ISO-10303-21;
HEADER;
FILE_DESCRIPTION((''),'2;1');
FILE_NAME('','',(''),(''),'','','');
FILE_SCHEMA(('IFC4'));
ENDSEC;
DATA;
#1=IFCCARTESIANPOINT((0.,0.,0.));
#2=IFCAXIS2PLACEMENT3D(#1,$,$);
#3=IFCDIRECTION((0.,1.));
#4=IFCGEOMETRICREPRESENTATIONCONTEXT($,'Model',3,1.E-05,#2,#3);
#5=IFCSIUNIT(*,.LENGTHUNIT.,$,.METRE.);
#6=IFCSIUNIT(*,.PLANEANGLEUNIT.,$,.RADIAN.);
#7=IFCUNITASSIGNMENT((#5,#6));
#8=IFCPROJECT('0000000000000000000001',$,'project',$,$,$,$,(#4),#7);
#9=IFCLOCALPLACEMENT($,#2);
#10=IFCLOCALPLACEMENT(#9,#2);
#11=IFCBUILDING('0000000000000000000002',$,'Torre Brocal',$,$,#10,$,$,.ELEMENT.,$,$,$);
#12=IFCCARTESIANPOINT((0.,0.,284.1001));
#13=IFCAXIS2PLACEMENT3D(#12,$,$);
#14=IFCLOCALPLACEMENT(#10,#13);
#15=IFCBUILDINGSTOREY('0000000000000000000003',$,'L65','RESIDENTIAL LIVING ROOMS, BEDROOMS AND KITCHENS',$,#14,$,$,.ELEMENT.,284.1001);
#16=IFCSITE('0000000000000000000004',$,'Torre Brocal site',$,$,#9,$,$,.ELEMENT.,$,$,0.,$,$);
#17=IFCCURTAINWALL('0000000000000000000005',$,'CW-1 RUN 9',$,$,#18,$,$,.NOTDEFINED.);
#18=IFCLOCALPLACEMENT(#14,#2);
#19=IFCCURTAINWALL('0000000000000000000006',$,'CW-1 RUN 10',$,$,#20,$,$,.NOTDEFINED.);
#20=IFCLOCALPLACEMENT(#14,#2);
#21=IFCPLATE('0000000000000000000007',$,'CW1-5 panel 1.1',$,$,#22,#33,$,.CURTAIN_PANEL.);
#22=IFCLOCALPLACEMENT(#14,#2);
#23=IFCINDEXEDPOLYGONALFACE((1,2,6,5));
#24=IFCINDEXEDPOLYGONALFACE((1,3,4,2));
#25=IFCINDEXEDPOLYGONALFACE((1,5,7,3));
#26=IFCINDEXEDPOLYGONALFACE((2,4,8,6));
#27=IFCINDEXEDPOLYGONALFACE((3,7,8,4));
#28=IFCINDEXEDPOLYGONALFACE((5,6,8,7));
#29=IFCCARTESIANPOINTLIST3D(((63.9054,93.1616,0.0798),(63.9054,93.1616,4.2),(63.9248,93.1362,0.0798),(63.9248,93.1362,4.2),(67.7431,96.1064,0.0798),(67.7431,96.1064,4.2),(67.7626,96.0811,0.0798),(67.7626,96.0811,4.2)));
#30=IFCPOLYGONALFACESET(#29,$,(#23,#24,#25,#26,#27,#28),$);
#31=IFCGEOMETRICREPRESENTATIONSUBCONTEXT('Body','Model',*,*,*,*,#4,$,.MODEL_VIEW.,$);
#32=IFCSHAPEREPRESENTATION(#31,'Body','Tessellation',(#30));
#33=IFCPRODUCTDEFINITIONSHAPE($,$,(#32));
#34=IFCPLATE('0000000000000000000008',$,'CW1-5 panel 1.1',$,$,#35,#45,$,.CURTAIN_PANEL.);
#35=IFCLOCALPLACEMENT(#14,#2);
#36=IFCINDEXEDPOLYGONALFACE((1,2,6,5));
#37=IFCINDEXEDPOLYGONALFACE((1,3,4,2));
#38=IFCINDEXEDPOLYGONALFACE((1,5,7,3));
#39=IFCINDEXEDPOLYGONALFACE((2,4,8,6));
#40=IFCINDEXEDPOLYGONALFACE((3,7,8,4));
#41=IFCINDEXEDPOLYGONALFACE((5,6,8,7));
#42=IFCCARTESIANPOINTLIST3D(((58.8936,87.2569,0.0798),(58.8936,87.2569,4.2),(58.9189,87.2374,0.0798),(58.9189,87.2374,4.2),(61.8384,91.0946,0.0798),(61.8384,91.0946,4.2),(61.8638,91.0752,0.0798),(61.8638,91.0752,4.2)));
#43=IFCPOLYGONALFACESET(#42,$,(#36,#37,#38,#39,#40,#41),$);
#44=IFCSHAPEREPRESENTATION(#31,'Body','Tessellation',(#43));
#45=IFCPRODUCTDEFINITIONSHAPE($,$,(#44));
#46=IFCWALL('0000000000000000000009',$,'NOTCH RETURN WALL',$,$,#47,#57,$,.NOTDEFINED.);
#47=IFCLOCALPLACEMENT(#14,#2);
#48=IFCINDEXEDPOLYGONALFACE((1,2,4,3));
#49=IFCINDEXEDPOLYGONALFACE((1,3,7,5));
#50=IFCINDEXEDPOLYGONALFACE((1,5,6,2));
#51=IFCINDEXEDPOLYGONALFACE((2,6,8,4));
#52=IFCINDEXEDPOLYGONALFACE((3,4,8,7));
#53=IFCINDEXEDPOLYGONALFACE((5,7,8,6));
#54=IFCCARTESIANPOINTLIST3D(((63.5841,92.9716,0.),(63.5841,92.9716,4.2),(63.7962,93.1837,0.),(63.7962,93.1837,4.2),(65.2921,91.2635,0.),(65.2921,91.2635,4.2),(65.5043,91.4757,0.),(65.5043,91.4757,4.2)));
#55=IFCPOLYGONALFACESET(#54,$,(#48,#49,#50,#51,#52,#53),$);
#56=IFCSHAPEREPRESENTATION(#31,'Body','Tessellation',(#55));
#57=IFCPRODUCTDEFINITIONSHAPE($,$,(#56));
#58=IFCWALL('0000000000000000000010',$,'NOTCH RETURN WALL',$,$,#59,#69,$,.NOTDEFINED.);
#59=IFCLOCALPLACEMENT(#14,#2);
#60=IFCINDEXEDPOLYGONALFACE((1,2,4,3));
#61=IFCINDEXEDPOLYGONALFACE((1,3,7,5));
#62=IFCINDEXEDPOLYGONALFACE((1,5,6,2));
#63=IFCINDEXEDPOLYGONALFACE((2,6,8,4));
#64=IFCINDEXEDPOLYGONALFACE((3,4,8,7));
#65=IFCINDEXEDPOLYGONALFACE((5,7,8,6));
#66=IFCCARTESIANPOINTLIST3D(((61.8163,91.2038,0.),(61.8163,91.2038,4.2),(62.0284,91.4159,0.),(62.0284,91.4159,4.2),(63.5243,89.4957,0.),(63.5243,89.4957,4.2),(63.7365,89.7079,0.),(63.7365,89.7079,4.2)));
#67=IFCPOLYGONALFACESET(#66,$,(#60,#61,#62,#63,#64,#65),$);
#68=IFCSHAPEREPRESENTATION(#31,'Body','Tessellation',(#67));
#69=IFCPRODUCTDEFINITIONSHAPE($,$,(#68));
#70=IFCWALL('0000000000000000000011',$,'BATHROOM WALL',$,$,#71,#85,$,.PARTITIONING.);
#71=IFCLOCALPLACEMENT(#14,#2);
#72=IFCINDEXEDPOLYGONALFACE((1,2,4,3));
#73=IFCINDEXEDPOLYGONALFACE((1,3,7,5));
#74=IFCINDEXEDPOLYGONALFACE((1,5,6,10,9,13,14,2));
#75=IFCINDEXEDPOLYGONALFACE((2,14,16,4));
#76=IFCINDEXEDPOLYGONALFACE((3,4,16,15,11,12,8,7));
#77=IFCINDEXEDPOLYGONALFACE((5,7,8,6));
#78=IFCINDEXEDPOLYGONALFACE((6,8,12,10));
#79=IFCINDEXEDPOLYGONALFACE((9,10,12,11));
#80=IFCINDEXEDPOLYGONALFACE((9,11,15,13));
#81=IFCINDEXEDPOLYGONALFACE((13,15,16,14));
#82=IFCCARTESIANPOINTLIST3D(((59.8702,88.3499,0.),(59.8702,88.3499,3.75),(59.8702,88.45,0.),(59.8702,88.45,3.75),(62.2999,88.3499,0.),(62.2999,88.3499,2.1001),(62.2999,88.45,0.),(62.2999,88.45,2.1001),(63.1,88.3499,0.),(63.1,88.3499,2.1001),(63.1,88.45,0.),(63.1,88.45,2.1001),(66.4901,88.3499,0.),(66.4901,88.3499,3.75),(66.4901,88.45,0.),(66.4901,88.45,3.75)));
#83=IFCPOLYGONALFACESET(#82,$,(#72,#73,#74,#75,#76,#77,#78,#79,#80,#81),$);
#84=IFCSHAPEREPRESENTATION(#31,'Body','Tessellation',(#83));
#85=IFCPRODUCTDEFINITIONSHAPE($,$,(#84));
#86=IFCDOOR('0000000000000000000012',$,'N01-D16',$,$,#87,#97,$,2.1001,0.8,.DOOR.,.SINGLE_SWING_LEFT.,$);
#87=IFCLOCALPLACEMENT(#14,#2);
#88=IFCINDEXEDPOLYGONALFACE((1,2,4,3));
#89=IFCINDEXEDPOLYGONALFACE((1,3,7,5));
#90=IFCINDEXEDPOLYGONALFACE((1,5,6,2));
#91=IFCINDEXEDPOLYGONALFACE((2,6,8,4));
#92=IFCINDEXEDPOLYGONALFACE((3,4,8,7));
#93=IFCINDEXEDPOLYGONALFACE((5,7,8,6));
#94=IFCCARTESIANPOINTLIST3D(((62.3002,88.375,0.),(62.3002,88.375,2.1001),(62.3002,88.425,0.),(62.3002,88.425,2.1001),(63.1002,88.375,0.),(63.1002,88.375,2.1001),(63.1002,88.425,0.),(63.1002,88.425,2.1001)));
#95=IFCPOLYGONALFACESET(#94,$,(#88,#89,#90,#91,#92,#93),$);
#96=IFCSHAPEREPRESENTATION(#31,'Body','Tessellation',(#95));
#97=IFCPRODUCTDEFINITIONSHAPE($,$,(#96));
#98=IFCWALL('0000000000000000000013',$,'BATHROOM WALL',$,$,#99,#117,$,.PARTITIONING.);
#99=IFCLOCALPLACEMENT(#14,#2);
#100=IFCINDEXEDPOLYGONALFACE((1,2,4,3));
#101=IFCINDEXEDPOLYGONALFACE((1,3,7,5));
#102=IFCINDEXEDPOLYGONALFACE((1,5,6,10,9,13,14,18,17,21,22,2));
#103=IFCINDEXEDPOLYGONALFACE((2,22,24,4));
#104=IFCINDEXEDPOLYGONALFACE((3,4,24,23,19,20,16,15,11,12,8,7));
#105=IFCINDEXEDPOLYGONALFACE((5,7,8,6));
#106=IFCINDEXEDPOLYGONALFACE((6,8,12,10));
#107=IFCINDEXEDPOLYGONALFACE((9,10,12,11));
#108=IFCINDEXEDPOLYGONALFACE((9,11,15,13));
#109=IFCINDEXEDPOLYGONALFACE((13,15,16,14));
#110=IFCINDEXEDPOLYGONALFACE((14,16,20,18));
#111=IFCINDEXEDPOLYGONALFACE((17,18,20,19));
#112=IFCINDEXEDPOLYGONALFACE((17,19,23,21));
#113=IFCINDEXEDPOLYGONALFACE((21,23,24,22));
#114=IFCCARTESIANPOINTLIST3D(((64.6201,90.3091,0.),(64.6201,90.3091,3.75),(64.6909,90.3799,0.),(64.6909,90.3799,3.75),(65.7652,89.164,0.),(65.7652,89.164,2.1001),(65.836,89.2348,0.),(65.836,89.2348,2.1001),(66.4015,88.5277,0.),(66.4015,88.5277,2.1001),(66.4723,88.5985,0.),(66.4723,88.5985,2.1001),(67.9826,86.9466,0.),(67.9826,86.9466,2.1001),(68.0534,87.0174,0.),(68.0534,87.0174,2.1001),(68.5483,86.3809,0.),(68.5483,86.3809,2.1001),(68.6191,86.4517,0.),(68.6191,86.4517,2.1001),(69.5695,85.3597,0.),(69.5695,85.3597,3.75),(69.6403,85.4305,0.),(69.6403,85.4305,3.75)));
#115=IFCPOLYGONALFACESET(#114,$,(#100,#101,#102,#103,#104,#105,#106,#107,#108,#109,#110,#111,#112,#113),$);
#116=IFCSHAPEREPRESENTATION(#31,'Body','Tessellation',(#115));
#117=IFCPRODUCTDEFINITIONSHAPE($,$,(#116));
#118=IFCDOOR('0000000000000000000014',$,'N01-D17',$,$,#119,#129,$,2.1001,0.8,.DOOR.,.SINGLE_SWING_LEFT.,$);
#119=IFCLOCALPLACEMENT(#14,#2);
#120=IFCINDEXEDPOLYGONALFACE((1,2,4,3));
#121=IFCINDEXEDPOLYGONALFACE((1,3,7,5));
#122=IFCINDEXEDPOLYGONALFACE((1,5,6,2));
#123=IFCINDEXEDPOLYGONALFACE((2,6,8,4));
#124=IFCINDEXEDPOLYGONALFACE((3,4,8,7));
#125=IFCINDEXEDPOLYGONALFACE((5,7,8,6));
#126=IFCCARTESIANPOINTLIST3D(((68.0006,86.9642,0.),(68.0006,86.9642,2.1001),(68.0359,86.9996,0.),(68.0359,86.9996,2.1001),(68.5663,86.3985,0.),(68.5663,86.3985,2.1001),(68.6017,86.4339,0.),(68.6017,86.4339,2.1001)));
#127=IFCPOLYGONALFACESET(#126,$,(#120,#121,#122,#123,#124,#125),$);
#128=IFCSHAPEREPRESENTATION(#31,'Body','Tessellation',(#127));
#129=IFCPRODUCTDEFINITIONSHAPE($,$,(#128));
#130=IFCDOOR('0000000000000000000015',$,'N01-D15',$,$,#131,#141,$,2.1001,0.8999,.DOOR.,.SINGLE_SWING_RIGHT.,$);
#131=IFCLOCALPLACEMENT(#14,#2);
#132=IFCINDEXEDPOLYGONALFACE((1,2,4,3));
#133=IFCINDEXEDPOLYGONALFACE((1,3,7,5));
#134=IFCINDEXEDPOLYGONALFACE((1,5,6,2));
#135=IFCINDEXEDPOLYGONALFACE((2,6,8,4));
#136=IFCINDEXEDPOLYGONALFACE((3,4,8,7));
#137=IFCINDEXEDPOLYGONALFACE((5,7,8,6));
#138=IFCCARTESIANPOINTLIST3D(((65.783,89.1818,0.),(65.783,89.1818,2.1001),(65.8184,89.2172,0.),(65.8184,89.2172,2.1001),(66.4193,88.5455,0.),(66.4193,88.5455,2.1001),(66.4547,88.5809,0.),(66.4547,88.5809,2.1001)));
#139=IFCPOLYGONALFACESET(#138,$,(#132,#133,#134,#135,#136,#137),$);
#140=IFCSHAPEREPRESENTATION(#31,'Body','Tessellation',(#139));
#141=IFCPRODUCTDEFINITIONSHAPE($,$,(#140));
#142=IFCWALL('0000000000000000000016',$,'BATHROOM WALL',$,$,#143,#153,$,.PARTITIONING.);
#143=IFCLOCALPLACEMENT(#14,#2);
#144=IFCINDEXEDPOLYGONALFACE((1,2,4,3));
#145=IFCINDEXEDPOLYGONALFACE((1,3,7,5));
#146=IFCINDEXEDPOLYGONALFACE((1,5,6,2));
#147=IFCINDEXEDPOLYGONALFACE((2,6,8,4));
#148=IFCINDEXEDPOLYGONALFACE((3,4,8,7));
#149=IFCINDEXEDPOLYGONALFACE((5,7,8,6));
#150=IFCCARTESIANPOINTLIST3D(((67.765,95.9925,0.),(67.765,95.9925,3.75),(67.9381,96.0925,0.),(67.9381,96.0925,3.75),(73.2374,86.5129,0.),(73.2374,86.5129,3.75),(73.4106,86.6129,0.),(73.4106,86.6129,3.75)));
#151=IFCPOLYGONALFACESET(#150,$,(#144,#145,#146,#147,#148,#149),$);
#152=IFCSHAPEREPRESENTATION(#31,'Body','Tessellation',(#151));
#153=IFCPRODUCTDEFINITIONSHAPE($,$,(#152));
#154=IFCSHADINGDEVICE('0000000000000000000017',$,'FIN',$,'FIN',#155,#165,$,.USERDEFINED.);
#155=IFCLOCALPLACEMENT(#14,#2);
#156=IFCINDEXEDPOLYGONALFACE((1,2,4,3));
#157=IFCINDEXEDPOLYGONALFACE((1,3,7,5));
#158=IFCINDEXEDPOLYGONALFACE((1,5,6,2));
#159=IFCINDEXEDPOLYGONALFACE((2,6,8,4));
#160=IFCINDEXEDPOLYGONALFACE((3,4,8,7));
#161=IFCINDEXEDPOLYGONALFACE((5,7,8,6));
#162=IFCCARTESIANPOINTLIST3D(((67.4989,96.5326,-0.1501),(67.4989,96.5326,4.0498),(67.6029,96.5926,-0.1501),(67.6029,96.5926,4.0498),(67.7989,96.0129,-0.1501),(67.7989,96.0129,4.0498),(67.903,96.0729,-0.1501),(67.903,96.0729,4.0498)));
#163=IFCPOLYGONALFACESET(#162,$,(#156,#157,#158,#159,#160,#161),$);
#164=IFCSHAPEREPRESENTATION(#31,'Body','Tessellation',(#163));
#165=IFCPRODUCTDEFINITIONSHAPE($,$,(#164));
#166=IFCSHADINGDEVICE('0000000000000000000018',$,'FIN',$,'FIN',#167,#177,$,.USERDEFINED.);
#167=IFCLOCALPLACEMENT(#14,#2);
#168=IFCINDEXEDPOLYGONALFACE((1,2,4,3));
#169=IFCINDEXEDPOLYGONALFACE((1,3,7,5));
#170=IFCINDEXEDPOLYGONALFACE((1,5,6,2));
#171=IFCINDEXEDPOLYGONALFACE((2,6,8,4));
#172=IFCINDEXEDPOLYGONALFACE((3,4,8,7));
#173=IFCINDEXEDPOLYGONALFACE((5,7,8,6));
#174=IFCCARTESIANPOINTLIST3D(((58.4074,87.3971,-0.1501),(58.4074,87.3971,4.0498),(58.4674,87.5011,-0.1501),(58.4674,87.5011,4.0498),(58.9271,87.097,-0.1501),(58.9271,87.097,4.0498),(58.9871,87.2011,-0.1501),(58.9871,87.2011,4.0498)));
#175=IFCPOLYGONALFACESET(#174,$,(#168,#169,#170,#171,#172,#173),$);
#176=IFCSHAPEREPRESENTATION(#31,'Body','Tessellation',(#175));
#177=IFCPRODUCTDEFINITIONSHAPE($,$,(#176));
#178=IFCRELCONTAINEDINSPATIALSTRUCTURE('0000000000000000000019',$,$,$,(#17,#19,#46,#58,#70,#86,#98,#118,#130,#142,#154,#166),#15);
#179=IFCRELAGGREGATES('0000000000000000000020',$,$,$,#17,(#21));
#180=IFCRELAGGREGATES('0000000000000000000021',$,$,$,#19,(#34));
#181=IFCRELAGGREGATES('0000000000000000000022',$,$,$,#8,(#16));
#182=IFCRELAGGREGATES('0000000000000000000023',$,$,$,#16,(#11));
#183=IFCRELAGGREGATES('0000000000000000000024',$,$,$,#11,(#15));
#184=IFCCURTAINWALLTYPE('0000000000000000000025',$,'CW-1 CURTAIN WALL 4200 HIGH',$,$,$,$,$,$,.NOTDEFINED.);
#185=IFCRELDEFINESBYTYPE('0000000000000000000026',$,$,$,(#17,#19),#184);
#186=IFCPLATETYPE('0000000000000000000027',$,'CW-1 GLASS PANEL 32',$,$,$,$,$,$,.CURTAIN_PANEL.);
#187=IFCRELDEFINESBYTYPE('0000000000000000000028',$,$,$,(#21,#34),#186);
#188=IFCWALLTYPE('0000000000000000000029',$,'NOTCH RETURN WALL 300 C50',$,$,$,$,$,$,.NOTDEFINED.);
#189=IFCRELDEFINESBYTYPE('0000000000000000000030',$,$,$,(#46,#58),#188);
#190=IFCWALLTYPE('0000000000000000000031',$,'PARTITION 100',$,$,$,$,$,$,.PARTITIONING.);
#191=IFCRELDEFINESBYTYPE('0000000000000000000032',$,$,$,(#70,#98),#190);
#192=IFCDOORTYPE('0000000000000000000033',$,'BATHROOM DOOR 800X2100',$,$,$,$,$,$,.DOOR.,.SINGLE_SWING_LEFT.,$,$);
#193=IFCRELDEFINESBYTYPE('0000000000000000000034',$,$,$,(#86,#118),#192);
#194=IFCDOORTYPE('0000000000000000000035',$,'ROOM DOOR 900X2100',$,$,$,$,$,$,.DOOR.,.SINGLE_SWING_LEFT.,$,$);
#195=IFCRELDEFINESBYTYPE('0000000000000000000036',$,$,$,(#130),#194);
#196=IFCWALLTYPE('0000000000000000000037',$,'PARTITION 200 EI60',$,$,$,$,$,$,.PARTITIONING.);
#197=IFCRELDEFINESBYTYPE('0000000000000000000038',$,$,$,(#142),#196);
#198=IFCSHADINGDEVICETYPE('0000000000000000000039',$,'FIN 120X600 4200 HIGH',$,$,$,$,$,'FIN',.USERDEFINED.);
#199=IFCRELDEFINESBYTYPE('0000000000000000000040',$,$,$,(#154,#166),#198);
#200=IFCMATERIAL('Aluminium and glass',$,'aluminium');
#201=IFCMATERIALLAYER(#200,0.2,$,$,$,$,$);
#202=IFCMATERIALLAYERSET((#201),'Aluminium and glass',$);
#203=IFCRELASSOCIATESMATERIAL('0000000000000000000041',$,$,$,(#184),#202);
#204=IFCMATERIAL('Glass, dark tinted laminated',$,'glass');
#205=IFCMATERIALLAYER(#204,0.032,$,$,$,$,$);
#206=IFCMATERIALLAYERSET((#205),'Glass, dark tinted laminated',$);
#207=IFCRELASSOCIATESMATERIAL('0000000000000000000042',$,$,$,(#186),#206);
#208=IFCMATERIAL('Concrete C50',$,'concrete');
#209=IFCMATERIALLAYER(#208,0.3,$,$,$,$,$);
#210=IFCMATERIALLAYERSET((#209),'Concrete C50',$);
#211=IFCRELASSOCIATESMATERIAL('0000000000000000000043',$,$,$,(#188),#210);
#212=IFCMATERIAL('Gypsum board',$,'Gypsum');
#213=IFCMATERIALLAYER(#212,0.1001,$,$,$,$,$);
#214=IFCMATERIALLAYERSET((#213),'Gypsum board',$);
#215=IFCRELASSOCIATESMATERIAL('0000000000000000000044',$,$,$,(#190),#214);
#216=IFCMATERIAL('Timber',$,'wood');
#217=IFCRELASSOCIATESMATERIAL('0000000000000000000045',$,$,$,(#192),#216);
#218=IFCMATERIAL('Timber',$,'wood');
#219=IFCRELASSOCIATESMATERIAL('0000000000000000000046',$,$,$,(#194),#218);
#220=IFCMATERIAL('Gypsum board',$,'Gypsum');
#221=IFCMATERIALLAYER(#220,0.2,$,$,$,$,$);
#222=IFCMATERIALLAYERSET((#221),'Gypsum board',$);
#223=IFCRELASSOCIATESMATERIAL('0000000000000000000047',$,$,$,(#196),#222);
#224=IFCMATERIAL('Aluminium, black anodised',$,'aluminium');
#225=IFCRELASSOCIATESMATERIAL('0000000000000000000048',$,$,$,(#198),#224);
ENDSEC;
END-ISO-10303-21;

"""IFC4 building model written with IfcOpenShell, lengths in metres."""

from ifc_helpers import new_model, si_unit, direction, frame, frame_2d, origin, origin_2d, place, context, subcontext, project, spatial, rectangle, extrude, material, layer, layer_set, material_profile, profile_set, type_object, element, fill, aggregate, save


model = new_model("IFC4")

# Units and contexts
model_context = context("Model", 3, precision=1e-05, world=origin(), true_north=direction((0.0, 1.0)))
body_context = subcontext(model_context, "Body", "Model", "MODEL_VIEW")
ifc_project = project(units=[si_unit("LENGTHUNIT", "METRE"), si_unit("PLANEANGLEUNIT", "RADIAN")], contexts=[model_context])

# Site, building, storey
site_placement = place(None, origin())
site = spatial("IfcSite", under=ifc_project, at=site_placement, Name="Torre Brocal site", CompositionType="ELEMENT", RefElevation=0.0)
building_placement = place(site_placement, origin())
building = spatial("IfcBuilding", under=site, at=building_placement, Name="Torre Brocal", CompositionType="ELEMENT")
storey_placement = place(building_placement, frame((0.0, 0.0, 284.1001)))
storey = spatial("IfcBuildingStorey", under=building, at=storey_placement, Name="L65", Description="RESIDENTIAL LIVING ROOMS, BEDROOMS AND KITCHENS", CompositionType="ELEMENT", Elevation=284.1001)

# Shared definitions
ifc_material_1 = material(Name="Aluminium and glass", Category="aluminium")
ifc_layer_1 = layer(ifc_material_1, 0.2)
ifc_layer_set_1 = layer_set([ifc_layer_1], Name="Aluminium and glass")
curtain_wall_type = type_object("IfcCurtainWallType", Name="CW-1 CURTAIN WALL 4200 HIGH", PredefinedType="NOTDEFINED", material=ifc_layer_set_1)

# Curtain walls
curtain_wall_1_placement = place(storey_placement, origin())
curtain_wall_1 = element("IfcCurtainWall", 1, at=curtain_wall_1_placement, inside=storey, type_object=curtain_wall_type, Name="CW-1 RUN 9", PredefinedType="NOTDEFINED")
curtain_wall_2_placement = place(storey_placement, origin())
curtain_wall_2 = element("IfcCurtainWall", 2, at=curtain_wall_2_placement, inside=storey, type_object=curtain_wall_type, Name="CW-1 RUN 10", PredefinedType="NOTDEFINED")

# Plates
ifc_material_2 = material(Name="Glass, dark tinted laminated", Category="glass")
ifc_layer_2 = layer(ifc_material_2, 0.032)
ifc_layer_set_2 = layer_set([ifc_layer_2], Name="Glass, dark tinted laminated")
plate_type = type_object("IfcPlateType", Name="CW-1 GLASS PANEL 32", PredefinedType="CURTAIN_PANEL", material=ifc_layer_set_2)
plate_1_placement = place(storey_placement, frame((65.834, 94.6213, 0.0798), z_axis=(0.0, 0.0, 1.0), x_axis=(-0.793353, -0.608761, 0.0)))
plate_1 = element("IfcPlate", 3, at=plate_1_placement, type_object=plate_type, Name="CW1-5 panel 1.1", PredefinedType="CURTAIN_PANEL", context=body_context, shape_type="SweptSolid", body=[
    extrude(rectangle(XDim=4.8374, YDim=0.032, at=origin_2d()), origin(), (0.0, 0.0, 1.0), 4.1201),
])
aggregate(curtain_wall_1, [plate_1])
plate_2_placement = place(storey_placement, frame((60.3787, 89.166, 0.0798), z_axis=(0.0, 0.0, 1.0), x_axis=(-0.608761, -0.793353, 0.0)))
plate_2 = element("IfcPlate", 4, at=plate_2_placement, type_object=plate_type, Name="CW1-5 panel 1.1", PredefinedType="CURTAIN_PANEL", context=body_context, shape_type="SweptSolid", body=[
    extrude(rectangle(XDim=4.8374, YDim=0.032, at=origin_2d()), origin(), (0.0, 0.0, 1.0), 4.1201),
])
aggregate(curtain_wall_2, [plate_2])

# Walls
ifc_material_3 = material(Name="Concrete C50", Category="concrete")
ifc_layer_3 = layer(ifc_material_3, 0.3)
ifc_layer_set_3 = layer_set([ifc_layer_3], Name="Concrete C50")
wall_type_1 = type_object("IfcWallType", Name="NOTCH RETURN WALL 300 C50", PredefinedType="NOTDEFINED", material=ifc_layer_set_3)
for number, where, z_axis, x_axis, name in (
    (5, (65.3982, 91.3696, 0.0), (0.0, 0.0, 1.0), (-0.707107, 0.707107, 0.0), "NOTCH RETURN WALL"),
    (6, (63.6304, 89.6018, 0.0), (0.0, 0.0, 1.0), (-0.707107, 0.707107, 0.0), "NOTCH RETURN WALL"),
):
    element("IfcWall", number, at=place(storey_placement, frame(where, z_axis=z_axis, x_axis=x_axis)), inside=storey, type_object=wall_type_1, Name=name, PredefinedType="NOTDEFINED", context=body_context, shape_type="SweptSolid", body=[
        extrude(rectangle(XDim=2.4155, YDim=0.3, at=frame_2d((1.2078, 0.0))), origin(), (0.0, 0.0, 1.0), 4.2),
    ])

# Wall, opening, door
ifc_material_4 = material(Name="Gypsum board", Category="Gypsum")
ifc_layer_4 = layer(ifc_material_4, 0.1001)
ifc_layer_set_4 = layer_set([ifc_layer_4], Name="Gypsum board")
wall_type_2 = type_object("IfcWallType", Name="PARTITION 100", PredefinedType="PARTITIONING", material=ifc_layer_set_4)
wall_1_placement = place(storey_placement, frame((59.8701, 88.3999, 0.0), z_axis=(0.0, 0.0, 1.0), x_axis=(1.0, 0.0, 0.0)))
wall_1 = element("IfcWall", 7, at=wall_1_placement, inside=storey, type_object=wall_type_2, Name="BATHROOM WALL", PredefinedType="PARTITIONING", context=body_context, shape_type="SweptSolid", body=[
    extrude(rectangle(XDim=6.6199, YDim=0.1001, at=frame_2d((3.3101, 0.0))), origin(), (0.0, 0.0, 1.0), 3.75),
])
opening_1_placement = place(wall_1_placement, frame((2.4299, 0.0, 0.0)))
opening_1 = element("IfcOpeningElement", 8, at=opening_1_placement, cuts=wall_1, PredefinedType="OPENING", context=body_context, shape_type="SweptSolid", body=[
    extrude(rectangle(XDim=0.8, YDim=2.1001, at=frame_2d((0.3999, 1.05))), frame((0.0, 0.0601, 0.0), z_axis=(0.0, -1.0, 0.0), x_axis=(1.0, 0.0, 0.0)), (0.0, 0.0, 1.0), 0.1201),
])
ifc_material_5 = material(Name="Timber", Category="wood")
door_type_1 = type_object("IfcDoorType", Name="BATHROOM DOOR 800X2100", OperationType="SINGLE_SWING_LEFT", PredefinedType="DOOR", material=ifc_material_5)
door_1_placement = place(opening_1_placement, frame((0.8, 0.0, 0.0), z_axis=(0.0, 0.0, 1.0), x_axis=(-1.0, 0.0, 0.0)))
door_1 = element("IfcDoor", 9, at=door_1_placement, inside=storey, type_object=door_type_1, Name="N01-D16", OperationType="SINGLE_SWING_LEFT", OverallHeight=2.1001, OverallWidth=0.8, PredefinedType="DOOR", context=body_context, shape_type="SweptSolid", body=[
    extrude(rectangle(XDim=0.8, YDim=2.1001, at=frame_2d((0.3999, 1.05))), frame((0.0, 0.0249, 0.0), z_axis=(0.0, -1.0, 0.0), x_axis=(1.0, 0.0, 0.0)), (0.0, 0.0, 1.0), 0.05),
])
fill(opening_1, door_1)

# Wall, openings, doors
wall_2_placement = place(storey_placement, frame((64.6555, 90.3445, 0.0), z_axis=(0.0, 0.0, 1.0), x_axis=(0.707107, -0.707107, 0.0)))
wall_2 = element("IfcWall", 10, at=wall_2_placement, inside=storey, type_object=wall_type_2, Name="BATHROOM WALL", PredefinedType="PARTITIONING", context=body_context, shape_type="SweptSolid", body=[
    extrude(rectangle(XDim=6.9995, YDim=0.1001, at=frame_2d((3.4998, 0.0))), origin(), (0.0, 0.0, 1.0), 3.75),
])
opening_2_placement = place(wall_2_placement, frame((1.6194, 0.0, 0.0)))
opening_2 = element("IfcOpeningElement", 11, at=opening_2_placement, cuts=wall_2, PredefinedType="OPENING", context=body_context, shape_type="SweptSolid", body=[
    extrude(rectangle(XDim=0.8999, YDim=2.1001, at=frame_2d((0.45, 1.05))), frame((0.0, 0.0601, 0.0), z_axis=(0.0, -1.0, 0.0), x_axis=(1.0, 0.0, 0.0)), (0.0, 0.0, 1.0), 0.1201),
])
opening_3_placement = place(wall_2_placement, frame((4.7554, 0.0, 0.0)))
opening_3 = element("IfcOpeningElement", 12, at=opening_3_placement, cuts=wall_2, PredefinedType="OPENING", context=body_context, shape_type="SweptSolid", body=[
    extrude(rectangle(XDim=0.8, YDim=2.1001, at=frame_2d((0.3999, 1.05))), frame((0.0, 0.0601, 0.0), z_axis=(0.0, -1.0, 0.0), x_axis=(1.0, 0.0, 0.0)), (0.0, 0.0, 1.0), 0.1201),
])
door_2_placement = place(opening_3_placement, frame((0.8, 0.0, 0.0), z_axis=(0.0, 0.0, 1.0), x_axis=(-1.0, 0.0, 0.0)))
door_2 = element("IfcDoor", 13, at=door_2_placement, inside=storey, type_object=door_type_1, Name="N01-D17", OperationType="SINGLE_SWING_LEFT", OverallHeight=2.1001, OverallWidth=0.8, PredefinedType="DOOR", context=body_context, shape_type="SweptSolid", body=[
    extrude(rectangle(XDim=0.8, YDim=2.1001, at=frame_2d((0.3999, 1.05))), frame((0.0, 0.0249, 0.0), z_axis=(0.0, -1.0, 0.0), x_axis=(1.0, 0.0, 0.0)), (0.0, 0.0, 1.0), 0.05),
])
fill(opening_3, door_2)
ifc_material_6 = material(Name="Timber", Category="wood")
door_type_2 = type_object("IfcDoorType", Name="ROOM DOOR 900X2100", OperationType="SINGLE_SWING_LEFT", PredefinedType="DOOR", material=ifc_material_6)
door_3_placement = place(opening_2_placement, frame((0.8999, 0.0, 0.0), z_axis=(0.0, 0.0, 1.0), x_axis=(-1.0, 0.0, 0.0)))
door_3 = element("IfcDoor", 14, at=door_3_placement, inside=storey, type_object=door_type_2, Name="N01-D15", OperationType="SINGLE_SWING_RIGHT", OverallHeight=2.1001, OverallWidth=0.8999, PredefinedType="DOOR", context=body_context, shape_type="SweptSolid", body=[
    extrude(rectangle(XDim=0.8999, YDim=2.1001, at=frame_2d((0.45, 1.05))), frame((0.0, 0.0249, 0.0), z_axis=(0.0, -1.0, 0.0), x_axis=(1.0, 0.0, 0.0)), (0.0, 0.0, 1.0), 0.05),
])
fill(opening_2, door_3)

# Wall
ifc_material_7 = material(Name="Gypsum board", Category="Gypsum")
ifc_layer_5 = layer(ifc_material_7, 0.2)
ifc_layer_set_5 = layer_set([ifc_layer_5], Name="Gypsum board")
wall_type_3 = type_object("IfcWallType", Name="PARTITION 200 EI60", PredefinedType="PARTITIONING", material=ifc_layer_set_5)
wall_3_placement = place(storey_placement, frame((67.8516, 96.0425, 0.0), z_axis=(0.0, 0.0, 1.0), x_axis=(0.499961, -0.866048, 0.0)))
element("IfcWall", 15, at=wall_3_placement, inside=storey, type_object=wall_type_3, Name="BATHROOM WALL", PredefinedType="PARTITIONING", context=body_context, shape_type="SweptSolid", body=[
    extrude(rectangle(XDim=10.9458, YDim=0.2, at=frame_2d((5.4729, 0.0))), origin(), (0.0, 0.0, 1.0), 3.75),
])

# Shading devices
ifc_material_8 = material(Name="Aluminium, black anodised", Category="aluminium")
ifc_material_profile_1 = material_profile(ifc_material_8, rectangle(XDim=0.1201, YDim=0.6001, at=origin_2d()), Name="FIN 120X600 4200 HIGH")
ifc_profile_set_1 = profile_set([ifc_material_profile_1], Name="Aluminium, black anodised")
shading_device_type = type_object("IfcShadingDeviceType", Name="FIN 120X600 4200 HIGH", ElementType="FIN", PredefinedType="USERDEFINED", material=ifc_profile_set_1)
for number, where, z_axis, x_axis, name in (
    (16, (67.7009, 96.3027, -0.1501), (0.0, 0.0, 1.0), (-0.866025, -0.5, 0.0), "FIN"),
    (17, (58.6973, 87.2991, -0.1501), (0.0, 0.0, 1.0), (-0.5, -0.866025, 0.0), "FIN"),
):
    element("IfcShadingDevice", number, at=place(storey_placement, frame(where, z_axis=z_axis, x_axis=x_axis)), inside=storey, type_object=shading_device_type, Name=name, ObjectType="FIN", PredefinedType="USERDEFINED", context=body_context, shape_type="SweptSolid", body=[
        extrude(rectangle(XDim=0.1201, YDim=0.6001, at=origin_2d()), origin(), (0.0, 0.0, 1.0), 4.2),
    ])

save(model, "model.ifc")
